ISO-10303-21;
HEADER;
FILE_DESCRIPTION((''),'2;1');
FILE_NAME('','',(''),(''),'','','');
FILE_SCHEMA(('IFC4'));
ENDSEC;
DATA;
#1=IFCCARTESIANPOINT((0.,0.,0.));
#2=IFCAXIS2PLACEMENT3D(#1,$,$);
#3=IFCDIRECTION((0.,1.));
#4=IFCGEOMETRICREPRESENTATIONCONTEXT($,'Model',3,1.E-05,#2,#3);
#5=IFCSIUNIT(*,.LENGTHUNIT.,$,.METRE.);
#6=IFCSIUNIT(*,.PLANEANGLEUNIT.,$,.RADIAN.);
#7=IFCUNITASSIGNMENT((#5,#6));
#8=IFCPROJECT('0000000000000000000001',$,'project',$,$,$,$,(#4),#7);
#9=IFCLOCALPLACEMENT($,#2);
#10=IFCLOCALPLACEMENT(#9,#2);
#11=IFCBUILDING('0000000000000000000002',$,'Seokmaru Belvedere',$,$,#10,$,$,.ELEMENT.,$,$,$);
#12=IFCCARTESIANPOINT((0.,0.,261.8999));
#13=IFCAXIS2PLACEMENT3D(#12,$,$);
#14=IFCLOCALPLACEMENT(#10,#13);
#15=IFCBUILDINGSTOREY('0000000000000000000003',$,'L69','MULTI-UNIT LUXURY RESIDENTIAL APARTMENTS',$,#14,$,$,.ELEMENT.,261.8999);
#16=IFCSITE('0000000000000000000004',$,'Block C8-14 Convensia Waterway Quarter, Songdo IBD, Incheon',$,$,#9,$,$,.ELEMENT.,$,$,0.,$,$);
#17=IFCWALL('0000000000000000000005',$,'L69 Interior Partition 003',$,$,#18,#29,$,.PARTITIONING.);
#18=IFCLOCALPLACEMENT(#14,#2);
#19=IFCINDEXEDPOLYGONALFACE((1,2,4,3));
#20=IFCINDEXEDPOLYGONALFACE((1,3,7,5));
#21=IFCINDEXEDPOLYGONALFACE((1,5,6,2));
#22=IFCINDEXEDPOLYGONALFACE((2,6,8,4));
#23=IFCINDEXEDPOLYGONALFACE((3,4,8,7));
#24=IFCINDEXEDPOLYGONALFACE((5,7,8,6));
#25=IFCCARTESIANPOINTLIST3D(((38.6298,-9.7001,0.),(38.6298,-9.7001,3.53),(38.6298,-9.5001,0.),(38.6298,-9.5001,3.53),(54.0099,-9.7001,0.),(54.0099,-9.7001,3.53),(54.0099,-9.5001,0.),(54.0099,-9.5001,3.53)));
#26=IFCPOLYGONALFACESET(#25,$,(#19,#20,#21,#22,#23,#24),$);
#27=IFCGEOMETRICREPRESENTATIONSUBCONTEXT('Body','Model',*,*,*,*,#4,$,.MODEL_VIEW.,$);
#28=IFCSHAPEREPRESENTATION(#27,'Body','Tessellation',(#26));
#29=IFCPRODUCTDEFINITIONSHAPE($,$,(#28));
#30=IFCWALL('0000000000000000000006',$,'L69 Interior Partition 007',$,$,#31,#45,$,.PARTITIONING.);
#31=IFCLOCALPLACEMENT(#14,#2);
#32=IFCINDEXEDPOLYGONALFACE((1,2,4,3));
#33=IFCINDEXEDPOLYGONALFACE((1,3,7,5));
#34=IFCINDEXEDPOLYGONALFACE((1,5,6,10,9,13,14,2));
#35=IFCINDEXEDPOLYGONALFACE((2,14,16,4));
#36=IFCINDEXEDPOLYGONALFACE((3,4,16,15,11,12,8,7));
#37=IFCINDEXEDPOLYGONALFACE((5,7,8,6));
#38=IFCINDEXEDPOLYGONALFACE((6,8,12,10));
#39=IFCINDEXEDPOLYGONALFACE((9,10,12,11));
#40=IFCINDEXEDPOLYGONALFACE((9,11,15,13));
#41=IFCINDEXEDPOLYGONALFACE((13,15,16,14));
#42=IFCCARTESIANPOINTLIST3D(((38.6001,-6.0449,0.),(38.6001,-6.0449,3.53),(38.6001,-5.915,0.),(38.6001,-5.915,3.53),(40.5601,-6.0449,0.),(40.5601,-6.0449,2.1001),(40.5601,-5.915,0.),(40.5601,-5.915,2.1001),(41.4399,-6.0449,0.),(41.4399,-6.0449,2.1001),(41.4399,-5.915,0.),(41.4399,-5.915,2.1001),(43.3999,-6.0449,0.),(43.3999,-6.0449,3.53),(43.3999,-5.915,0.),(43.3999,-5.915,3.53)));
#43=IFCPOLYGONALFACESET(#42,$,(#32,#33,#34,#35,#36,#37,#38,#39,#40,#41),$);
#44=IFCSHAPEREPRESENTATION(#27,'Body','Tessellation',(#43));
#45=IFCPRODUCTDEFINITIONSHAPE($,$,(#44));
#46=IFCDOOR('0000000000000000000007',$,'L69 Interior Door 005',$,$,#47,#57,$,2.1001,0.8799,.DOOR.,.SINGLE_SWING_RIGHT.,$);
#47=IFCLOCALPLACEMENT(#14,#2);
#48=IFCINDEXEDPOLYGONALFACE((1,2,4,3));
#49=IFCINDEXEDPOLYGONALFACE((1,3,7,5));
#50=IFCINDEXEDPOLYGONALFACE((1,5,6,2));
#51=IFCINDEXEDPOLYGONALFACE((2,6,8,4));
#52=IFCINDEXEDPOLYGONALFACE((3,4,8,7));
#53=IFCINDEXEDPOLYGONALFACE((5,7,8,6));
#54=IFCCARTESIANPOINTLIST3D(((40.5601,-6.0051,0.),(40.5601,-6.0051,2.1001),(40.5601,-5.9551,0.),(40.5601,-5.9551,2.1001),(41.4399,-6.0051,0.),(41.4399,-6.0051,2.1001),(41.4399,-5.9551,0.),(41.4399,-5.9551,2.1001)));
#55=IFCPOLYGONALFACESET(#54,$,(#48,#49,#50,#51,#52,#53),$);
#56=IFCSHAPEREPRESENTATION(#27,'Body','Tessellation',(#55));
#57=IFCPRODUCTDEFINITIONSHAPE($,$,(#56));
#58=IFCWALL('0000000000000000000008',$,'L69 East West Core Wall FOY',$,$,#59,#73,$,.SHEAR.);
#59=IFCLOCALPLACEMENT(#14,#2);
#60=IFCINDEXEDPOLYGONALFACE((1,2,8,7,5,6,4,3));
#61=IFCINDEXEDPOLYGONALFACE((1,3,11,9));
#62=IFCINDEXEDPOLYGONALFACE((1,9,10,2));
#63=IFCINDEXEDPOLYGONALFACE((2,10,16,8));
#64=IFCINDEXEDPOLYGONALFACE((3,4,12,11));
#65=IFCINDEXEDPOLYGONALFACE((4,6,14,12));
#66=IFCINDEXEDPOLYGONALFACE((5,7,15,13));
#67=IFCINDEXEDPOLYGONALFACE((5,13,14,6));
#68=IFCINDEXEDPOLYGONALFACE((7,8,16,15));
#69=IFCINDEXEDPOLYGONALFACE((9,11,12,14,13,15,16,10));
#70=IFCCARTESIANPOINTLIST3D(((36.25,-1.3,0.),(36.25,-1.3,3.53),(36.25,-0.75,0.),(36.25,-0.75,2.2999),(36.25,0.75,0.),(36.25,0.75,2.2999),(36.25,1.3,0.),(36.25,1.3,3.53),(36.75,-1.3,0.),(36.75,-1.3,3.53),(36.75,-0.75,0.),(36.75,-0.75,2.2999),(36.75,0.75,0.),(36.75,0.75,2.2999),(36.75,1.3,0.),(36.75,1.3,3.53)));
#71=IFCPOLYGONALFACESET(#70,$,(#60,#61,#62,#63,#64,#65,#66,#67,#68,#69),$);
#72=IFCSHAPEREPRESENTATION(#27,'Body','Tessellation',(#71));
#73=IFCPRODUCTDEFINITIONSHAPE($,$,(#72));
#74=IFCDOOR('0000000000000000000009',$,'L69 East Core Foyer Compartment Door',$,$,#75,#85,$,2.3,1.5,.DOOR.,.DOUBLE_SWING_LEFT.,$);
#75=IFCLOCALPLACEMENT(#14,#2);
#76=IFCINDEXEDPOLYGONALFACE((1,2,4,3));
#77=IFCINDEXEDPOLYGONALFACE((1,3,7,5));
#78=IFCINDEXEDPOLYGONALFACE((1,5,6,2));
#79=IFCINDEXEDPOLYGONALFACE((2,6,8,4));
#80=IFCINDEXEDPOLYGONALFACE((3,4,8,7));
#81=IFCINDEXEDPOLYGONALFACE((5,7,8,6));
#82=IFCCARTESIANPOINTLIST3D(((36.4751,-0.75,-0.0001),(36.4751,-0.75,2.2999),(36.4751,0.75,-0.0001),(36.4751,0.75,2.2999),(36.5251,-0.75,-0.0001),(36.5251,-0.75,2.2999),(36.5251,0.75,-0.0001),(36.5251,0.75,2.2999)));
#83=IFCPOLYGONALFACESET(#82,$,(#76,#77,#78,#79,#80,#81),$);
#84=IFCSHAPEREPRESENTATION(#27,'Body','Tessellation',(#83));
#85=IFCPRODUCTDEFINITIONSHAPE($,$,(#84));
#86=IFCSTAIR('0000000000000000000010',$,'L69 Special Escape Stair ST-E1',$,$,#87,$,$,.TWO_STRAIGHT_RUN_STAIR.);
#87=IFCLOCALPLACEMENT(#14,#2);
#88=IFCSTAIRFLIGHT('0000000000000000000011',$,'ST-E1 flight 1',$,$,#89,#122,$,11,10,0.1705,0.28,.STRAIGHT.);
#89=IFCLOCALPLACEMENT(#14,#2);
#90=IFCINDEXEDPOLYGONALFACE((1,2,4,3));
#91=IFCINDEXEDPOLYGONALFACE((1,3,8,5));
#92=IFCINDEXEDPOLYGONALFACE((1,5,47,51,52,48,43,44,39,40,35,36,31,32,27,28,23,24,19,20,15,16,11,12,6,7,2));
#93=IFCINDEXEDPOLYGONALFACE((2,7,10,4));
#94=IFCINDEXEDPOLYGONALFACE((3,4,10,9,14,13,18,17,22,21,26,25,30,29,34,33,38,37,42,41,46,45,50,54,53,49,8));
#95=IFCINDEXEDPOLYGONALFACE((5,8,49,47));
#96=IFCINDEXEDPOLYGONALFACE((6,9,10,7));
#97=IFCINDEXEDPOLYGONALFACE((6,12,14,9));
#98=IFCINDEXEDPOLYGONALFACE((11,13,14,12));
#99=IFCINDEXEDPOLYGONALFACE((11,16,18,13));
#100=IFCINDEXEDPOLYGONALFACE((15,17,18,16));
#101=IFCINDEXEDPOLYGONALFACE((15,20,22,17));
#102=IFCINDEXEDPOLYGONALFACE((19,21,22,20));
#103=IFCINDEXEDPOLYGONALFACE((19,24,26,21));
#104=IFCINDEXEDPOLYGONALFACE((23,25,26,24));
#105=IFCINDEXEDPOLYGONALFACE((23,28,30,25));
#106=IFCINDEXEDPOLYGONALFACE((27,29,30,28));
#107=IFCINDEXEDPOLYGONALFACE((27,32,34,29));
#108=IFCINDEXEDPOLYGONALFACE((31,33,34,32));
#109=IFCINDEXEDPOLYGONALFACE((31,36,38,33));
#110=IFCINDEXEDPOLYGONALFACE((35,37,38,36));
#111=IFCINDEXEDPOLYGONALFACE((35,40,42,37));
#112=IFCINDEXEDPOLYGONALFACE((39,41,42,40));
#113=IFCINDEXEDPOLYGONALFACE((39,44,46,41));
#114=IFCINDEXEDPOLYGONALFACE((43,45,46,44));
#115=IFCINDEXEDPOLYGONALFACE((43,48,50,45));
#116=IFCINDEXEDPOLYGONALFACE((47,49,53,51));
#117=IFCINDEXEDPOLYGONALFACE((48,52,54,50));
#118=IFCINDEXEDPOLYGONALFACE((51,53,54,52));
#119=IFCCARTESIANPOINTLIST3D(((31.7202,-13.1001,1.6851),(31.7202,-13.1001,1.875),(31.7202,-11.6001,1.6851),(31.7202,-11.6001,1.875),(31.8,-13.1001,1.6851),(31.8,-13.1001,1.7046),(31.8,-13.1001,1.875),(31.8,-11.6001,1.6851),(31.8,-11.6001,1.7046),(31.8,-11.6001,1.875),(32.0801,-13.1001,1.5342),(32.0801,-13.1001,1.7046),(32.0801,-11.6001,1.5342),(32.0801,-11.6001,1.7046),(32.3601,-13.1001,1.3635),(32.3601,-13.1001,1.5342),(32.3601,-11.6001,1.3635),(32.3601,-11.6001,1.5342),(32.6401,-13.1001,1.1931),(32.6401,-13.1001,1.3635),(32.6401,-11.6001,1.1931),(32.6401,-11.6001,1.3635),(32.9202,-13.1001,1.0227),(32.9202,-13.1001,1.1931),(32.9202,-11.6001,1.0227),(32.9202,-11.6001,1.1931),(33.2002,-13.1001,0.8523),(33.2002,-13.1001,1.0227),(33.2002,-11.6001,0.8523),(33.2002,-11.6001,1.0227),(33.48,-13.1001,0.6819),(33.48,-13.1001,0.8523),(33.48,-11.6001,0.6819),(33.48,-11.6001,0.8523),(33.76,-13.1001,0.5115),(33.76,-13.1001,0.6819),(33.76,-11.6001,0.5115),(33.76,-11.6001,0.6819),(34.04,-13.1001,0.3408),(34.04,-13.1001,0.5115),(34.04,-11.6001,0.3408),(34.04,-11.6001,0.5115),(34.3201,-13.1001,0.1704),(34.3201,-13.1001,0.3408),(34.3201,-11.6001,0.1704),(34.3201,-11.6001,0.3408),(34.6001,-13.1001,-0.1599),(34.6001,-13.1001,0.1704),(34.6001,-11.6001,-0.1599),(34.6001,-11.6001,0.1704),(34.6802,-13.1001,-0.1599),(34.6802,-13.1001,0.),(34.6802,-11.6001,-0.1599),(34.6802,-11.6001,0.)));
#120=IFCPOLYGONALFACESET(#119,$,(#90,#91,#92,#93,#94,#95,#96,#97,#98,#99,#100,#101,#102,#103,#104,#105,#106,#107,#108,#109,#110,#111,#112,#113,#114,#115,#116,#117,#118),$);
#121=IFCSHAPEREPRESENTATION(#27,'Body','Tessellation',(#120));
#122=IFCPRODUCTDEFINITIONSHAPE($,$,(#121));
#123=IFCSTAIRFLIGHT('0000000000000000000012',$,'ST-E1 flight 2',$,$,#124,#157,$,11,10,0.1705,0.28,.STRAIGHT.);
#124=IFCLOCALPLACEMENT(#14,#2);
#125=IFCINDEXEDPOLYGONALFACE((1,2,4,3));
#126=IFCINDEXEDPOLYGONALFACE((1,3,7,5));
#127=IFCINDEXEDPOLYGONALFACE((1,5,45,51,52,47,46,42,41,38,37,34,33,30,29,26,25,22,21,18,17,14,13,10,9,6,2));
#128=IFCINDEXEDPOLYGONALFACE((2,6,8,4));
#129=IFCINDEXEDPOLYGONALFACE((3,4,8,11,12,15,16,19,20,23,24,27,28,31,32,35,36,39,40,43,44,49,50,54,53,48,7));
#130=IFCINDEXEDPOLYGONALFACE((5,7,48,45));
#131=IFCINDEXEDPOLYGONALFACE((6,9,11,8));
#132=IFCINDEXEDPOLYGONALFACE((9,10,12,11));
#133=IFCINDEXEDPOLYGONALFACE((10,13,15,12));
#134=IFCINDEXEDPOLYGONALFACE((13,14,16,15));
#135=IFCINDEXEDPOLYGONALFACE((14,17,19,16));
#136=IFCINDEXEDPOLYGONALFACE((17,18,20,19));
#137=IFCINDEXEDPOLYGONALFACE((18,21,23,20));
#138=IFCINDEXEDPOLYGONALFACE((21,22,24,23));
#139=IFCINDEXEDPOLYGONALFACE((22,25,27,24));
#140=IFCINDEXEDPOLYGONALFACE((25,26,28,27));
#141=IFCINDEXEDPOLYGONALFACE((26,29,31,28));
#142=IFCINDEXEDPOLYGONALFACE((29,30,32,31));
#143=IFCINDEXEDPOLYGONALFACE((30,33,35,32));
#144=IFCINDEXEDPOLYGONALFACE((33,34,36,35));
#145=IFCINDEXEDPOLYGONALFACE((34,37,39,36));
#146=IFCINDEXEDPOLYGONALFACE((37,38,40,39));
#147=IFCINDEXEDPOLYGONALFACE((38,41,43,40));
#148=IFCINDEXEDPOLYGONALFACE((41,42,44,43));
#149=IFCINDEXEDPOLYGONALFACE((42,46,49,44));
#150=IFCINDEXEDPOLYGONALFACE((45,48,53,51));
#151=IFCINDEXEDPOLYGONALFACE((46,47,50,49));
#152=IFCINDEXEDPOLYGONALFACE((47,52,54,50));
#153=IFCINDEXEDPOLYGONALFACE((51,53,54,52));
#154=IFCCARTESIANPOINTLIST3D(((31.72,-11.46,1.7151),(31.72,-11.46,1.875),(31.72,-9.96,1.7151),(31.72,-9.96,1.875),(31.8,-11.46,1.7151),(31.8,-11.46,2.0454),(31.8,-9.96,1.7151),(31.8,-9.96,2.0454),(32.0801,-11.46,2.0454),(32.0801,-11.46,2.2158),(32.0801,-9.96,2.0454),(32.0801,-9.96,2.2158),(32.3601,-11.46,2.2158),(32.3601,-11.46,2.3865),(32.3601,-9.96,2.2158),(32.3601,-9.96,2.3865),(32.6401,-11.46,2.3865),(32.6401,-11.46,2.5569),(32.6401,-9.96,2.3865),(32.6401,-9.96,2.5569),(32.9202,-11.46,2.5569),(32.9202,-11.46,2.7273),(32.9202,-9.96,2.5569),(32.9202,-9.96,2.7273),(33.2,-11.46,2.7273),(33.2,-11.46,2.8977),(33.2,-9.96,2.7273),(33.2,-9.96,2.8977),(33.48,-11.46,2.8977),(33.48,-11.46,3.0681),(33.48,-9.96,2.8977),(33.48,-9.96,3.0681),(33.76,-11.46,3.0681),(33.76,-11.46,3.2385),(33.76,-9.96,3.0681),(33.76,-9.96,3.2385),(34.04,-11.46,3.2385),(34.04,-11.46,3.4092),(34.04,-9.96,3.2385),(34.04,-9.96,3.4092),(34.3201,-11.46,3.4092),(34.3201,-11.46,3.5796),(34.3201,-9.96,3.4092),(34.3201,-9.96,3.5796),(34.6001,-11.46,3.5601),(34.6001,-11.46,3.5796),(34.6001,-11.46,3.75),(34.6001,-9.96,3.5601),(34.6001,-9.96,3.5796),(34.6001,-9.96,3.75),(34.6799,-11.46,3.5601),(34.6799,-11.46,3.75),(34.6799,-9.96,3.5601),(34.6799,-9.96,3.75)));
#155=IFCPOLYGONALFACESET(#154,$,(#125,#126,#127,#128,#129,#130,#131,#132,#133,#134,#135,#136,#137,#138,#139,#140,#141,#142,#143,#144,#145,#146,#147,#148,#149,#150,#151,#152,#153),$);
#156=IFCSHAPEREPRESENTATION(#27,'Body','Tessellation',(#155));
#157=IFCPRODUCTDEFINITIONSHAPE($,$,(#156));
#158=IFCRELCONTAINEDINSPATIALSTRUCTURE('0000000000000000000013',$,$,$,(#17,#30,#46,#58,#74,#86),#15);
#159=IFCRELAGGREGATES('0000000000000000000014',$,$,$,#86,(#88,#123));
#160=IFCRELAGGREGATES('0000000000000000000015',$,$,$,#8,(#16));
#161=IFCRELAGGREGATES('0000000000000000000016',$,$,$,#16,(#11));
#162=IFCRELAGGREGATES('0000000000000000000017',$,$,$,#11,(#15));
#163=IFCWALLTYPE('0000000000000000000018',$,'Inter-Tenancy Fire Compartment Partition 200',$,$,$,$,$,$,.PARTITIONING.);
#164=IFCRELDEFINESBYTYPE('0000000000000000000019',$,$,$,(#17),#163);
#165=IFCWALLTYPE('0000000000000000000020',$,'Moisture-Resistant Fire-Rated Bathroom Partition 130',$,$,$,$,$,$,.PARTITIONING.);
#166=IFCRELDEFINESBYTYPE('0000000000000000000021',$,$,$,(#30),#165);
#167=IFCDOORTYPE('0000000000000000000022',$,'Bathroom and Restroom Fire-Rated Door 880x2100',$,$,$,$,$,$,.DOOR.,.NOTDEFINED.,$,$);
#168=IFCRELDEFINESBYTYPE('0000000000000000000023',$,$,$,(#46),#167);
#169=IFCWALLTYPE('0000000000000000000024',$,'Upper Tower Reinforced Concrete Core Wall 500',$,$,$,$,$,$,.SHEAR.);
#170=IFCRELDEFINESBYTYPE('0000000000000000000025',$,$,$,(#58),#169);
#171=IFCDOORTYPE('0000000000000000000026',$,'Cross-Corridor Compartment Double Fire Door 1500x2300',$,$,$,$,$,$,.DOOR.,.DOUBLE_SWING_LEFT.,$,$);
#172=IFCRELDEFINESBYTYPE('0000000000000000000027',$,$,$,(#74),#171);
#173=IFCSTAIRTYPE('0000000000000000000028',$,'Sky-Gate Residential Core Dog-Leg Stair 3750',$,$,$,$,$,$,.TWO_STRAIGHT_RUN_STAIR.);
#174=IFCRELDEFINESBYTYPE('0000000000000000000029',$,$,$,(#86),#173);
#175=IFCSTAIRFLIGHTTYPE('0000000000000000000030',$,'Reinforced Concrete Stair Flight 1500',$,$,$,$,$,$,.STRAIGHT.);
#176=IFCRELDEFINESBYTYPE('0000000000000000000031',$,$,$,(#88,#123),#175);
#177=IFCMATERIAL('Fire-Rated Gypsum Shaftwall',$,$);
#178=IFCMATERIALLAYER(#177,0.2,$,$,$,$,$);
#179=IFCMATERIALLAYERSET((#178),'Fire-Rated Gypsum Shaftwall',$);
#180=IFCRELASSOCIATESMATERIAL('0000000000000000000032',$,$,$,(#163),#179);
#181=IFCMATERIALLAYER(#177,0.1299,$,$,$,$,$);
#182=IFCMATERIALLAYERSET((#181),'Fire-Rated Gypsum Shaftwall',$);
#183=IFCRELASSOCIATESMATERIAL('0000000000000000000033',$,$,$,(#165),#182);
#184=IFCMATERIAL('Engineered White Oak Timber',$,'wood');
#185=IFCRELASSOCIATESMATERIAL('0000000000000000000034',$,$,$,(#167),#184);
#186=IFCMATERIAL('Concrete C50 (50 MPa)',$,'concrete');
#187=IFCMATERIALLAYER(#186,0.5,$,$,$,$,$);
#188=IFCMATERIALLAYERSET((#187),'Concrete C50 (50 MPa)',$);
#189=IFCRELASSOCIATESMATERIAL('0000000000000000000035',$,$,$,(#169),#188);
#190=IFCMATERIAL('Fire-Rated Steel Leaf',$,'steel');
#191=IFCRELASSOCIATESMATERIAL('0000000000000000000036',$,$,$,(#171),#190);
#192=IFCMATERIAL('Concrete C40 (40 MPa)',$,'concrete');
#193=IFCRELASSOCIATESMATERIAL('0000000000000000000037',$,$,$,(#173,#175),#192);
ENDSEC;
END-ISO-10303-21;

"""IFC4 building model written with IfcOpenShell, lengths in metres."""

from ifc_helpers import new_model, si_unit, direction, frame, frame_2d, origin, place, context, subcontext, project, spatial, polyline, rectangle, outline, extrude, source, transform, mapped, material, layer, layer_set, type_object, type_shapes, element, fill, aggregate, save


model = new_model("IFC4")

# Units and contexts
model_context = context("Model", 3, precision=1e-05, world=origin(), true_north=direction((0.0, 1.0)))
body_context = subcontext(model_context, "Body", "Model", "MODEL_VIEW")
ifc_project = project(units=[si_unit("LENGTHUNIT", "METRE"), si_unit("PLANEANGLEUNIT", "RADIAN")], contexts=[model_context])

# Site, building, storey
site_placement = place(None, origin())
site = spatial("IfcSite", under=ifc_project, at=site_placement, Name="Block C8-14 Convensia Waterway Quarter, Songdo IBD, Incheon", CompositionType="ELEMENT", RefElevation=0.0)
building_placement = place(site_placement, origin())
building = spatial("IfcBuilding", under=site, at=building_placement, Name="Seokmaru Belvedere", CompositionType="ELEMENT")
storey_placement = place(building_placement, frame((0.0, 0.0, 261.8999)))
storey = spatial("IfcBuildingStorey", under=building, at=storey_placement, Name="L69", Description="MULTI-UNIT LUXURY RESIDENTIAL APARTMENTS", CompositionType="ELEMENT", Elevation=261.8999)

# Wall
ifc_material_1 = material(Name="Fire-Rated Gypsum Shaftwall")
ifc_layer_1 = layer(ifc_material_1, 0.2)
ifc_layer_set_1 = layer_set([ifc_layer_1], Name="Fire-Rated Gypsum Shaftwall")
wall_type_1 = type_object("IfcWallType", Name="Inter-Tenancy Fire Compartment Partition 200", PredefinedType="PARTITIONING", material=ifc_layer_set_1)
wall_1_placement = place(storey_placement, frame((38.6299, -9.6001, 0.0), z_axis=(0.0, 0.0, 1.0), x_axis=(1.0, 0.0, 0.0)))
element("IfcWall", 1, at=wall_1_placement, inside=storey, type_object=wall_type_1, Name="L69 Interior Partition 003", PredefinedType="PARTITIONING", context=body_context, shape_type="SweptSolid", body=[
    extrude(rectangle(XDim=15.3801, YDim=0.2, at=frame_2d((7.6899, 0.0))), origin(), (0.0, 0.0, 1.0), 3.53),
])

# Walls, openings, doors
ifc_layer_2 = layer(ifc_material_1, 0.1299)
ifc_layer_set_2 = layer_set([ifc_layer_2], Name="Fire-Rated Gypsum Shaftwall")
wall_type_2 = type_object("IfcWallType", Name="Moisture-Resistant Fire-Rated Bathroom Partition 130", PredefinedType="PARTITIONING", material=ifc_layer_set_2)
wall_2_placement = place(storey_placement, frame((38.6001, -5.98, 0.0), z_axis=(0.0, 0.0, 1.0), x_axis=(1.0, 0.0, 0.0)))
wall_2 = element("IfcWall", 2, at=wall_2_placement, inside=storey, type_object=wall_type_2, Name="L69 Interior Partition 007", PredefinedType="PARTITIONING", context=body_context, shape_type="SweptSolid", body=[
    extrude(rectangle(XDim=4.7998, YDim=0.1299, at=frame_2d((2.3999, 0.0))), origin(), (0.0, 0.0, 1.0), 3.53),
])
opening_1_placement = place(wall_2_placement, frame((1.96, 0.0, 0.0)))
opening_1 = element("IfcOpeningElement", 3, at=opening_1_placement, cuts=wall_2, PredefinedType="OPENING", context=body_context, shape_type="SweptSolid", body=[
    extrude(rectangle(XDim=0.8799, YDim=2.1001, at=frame_2d((0.4399, 1.05))), frame((0.0, 0.075, 0.0), z_axis=(0.0, -1.0, 0.0), x_axis=(1.0, 0.0, 0.0)), (0.0, 0.0, 1.0), 0.1499),
])
ifc_material_2 = material(Name="Engineered White Oak Timber", Category="wood")
door_type_1 = type_object("IfcDoorType", Name="Bathroom and Restroom Fire-Rated Door 880x2100", OperationType="NOTDEFINED", PredefinedType="DOOR", material=ifc_material_2)
shared_shape_1 = source(origin(), body_context, "Body", "SweptSolid", [
    extrude(rectangle(XDim=0.8799, YDim=2.1001, at=frame_2d((0.4399, 1.05))), frame((0.0, 0.0249, 0.0), z_axis=(0.0, -1.0, 0.0), x_axis=(1.0, 0.0, 0.0)), (0.0, 0.0, 1.0), 0.05),
])
type_shapes(door_type_1, [shared_shape_1])
door_1_placement = place(opening_1_placement, origin())
door_1 = element("IfcDoor", 4, at=door_1_placement, inside=storey, type_object=door_type_1, Name="L69 Interior Door 005", OperationType="SINGLE_SWING_RIGHT", OverallHeight=2.1001, OverallWidth=0.8799, PredefinedType="DOOR", context=body_context, shape_type="MappedRepresentation", body=[
    mapped(shared_shape_1, transform((0.0, 0.0, 0.0), scale=1.0)),
])
fill(opening_1, door_1)
ifc_material_3 = material(Name="Concrete C50 (50 MPa)", Category="concrete")
ifc_layer_3 = layer(ifc_material_3, 0.5)
ifc_layer_set_3 = layer_set([ifc_layer_3], Name="Concrete C50 (50 MPa)")
wall_type_3 = type_object("IfcWallType", Name="Upper Tower Reinforced Concrete Core Wall 500", PredefinedType="SHEAR", material=ifc_layer_set_3)
wall_3_placement = place(storey_placement, frame((36.5, -1.3, 0.0), z_axis=(0.0, 0.0, 1.0), x_axis=(0.0, 1.0, 0.0)))
wall_3 = element("IfcWall", 5, at=wall_3_placement, inside=storey, type_object=wall_type_3, Name="L69 East West Core Wall FOY", PredefinedType="SHEAR", context=body_context, shape_type="SweptSolid", body=[
    extrude(rectangle(XDim=2.6001, YDim=0.5, at=frame_2d((1.3, 0.0))), origin(), (0.0, 0.0, 1.0), 3.53),
])
opening_2_placement = place(wall_3_placement, frame((0.55, 0.0, 0.0)))
opening_2 = element("IfcOpeningElement", 6, at=opening_2_placement, cuts=wall_3, PredefinedType="OPENING", context=body_context, shape_type="SweptSolid", body=[
    extrude(rectangle(XDim=1.5, YDim=2.3, at=frame_2d((0.75, 1.1499))), frame((0.0, 0.26, 0.0), z_axis=(0.0, -1.0, 0.0), x_axis=(1.0, 0.0, 0.0)), (0.0, 0.0, 1.0), 0.52),
])
ifc_material_4 = material(Name="Fire-Rated Steel Leaf", Category="steel")
door_type_2 = type_object("IfcDoorType", Name="Cross-Corridor Compartment Double Fire Door 1500x2300", OperationType="DOUBLE_SWING_LEFT", PredefinedType="DOOR", material=ifc_material_4)
shared_shape_2 = source(origin(), body_context, "Body", "SweptSolid", [
    extrude(rectangle(XDim=1.5, YDim=2.3, at=frame_2d((0.75, 1.1499))), frame((0.0, 0.0249, 0.0), z_axis=(0.0, -1.0, 0.0), x_axis=(1.0, 0.0, 0.0)), (0.0, 0.0, 1.0), 0.05),
])
type_shapes(door_type_2, [shared_shape_2])
door_2_placement = place(opening_2_placement, origin())
door_2 = element("IfcDoor", 7, at=door_2_placement, inside=storey, type_object=door_type_2, Name="L69 East Core Foyer Compartment Door", OperationType="DOUBLE_SWING_LEFT", OverallHeight=2.3, OverallWidth=1.5, PredefinedType="DOOR", context=body_context, shape_type="MappedRepresentation", body=[
    mapped(shared_shape_2, transform((0.0, 0.0, 0.0), scale=1.0)),
])
fill(opening_2, door_2)

# Stair, stair flights
ifc_material_5 = material(Name="Concrete C40 (40 MPa)", Category="concrete")
stair_type = type_object("IfcStairType", Name="Sky-Gate Residential Core Dog-Leg Stair 3750", PredefinedType="TWO_STRAIGHT_RUN_STAIR", material=ifc_material_5)
stair_placement = place(storey_placement, origin())
stair = element("IfcStair", 8, at=stair_placement, inside=storey, type_object=stair_type, Name="L69 Special Escape Stair ST-E1", PredefinedType="TWO_STRAIGHT_RUN_STAIR")
stair_flight_type = type_object("IfcStairFlightType", Name="Reinforced Concrete Stair Flight 1500", PredefinedType="STRAIGHT", material=ifc_material_5)
stair_flight_1_placement = place(storey_placement, frame((34.6001, -12.3501, 0.0), z_axis=(0.0, 0.0, 1.0), x_axis=(-1.0, 0.0, 0.0)))
stair_flight_1 = element("IfcStairFlight", 9, at=stair_flight_1_placement, type_object=stair_flight_type, Name="ST-E1 flight 1", NumberOfRisers=11, NumberOfTreads=10, PredefinedType="STRAIGHT", RiserHeight=0.1705, TreadLength=0.28, context=body_context, shape_type="SweptSolid", body=[
    extrude(outline(polyline([(-0.0801, 0.0), (0.0, 0.1704), (0.28, 0.1704), (0.28, 0.3408), (0.5601, 0.3408), (0.5601, 0.5115), (0.8401, 0.5115), (0.8401, 0.6819), (1.1201, 0.6819), (1.1201, 0.8523), (1.3999, 0.8523), (1.3999, 1.0227), (1.6799, 1.0227), (1.6799, 1.1931), (1.96, 1.1931), (1.96, 1.3635), (2.24, 1.3635), (2.24, 1.5342), (2.52, 1.5342), (2.52, 1.7046), (2.8, 1.7046), (2.8, 1.875), (2.8799, 1.875), (2.8799, 1.6851), (2.8, 1.6851), (0.0, -0.1599), (-0.0801, -0.1599), (-0.0801, 0.0)])), frame((0.0, 0.75, 0.0), z_axis=(0.0, -1.0, 0.0), x_axis=(1.0, 0.0, 0.0)), (0.0, 0.0, 1.0), 1.5),
])
stair_flight_2_placement = place(storey_placement, frame((31.8, -10.71, 1.875), z_axis=(0.0, 0.0, 1.0), x_axis=(1.0, 0.0, 0.0)))
stair_flight_2 = element("IfcStairFlight", 10, at=stair_flight_2_placement, type_object=stair_flight_type, Name="ST-E1 flight 2", NumberOfRisers=11, NumberOfTreads=10, PredefinedType="STRAIGHT", RiserHeight=0.1705, TreadLength=0.28, context=body_context, shape_type="SweptSolid", body=[
    extrude(outline(polyline([(-0.0801, 0.0), (0.0, 0.1704), (0.28, 0.1704), (0.28, 0.3408), (0.5601, 0.3408), (0.5601, 0.5115), (0.8401, 0.5115), (0.8401, 0.6819), (1.1201, 0.6819), (1.1201, 0.8523), (1.3999, 0.8523), (1.3999, 1.0227), (1.6799, 1.0227), (1.6799, 1.1931), (1.96, 1.1931), (1.96, 1.3635), (2.24, 1.3635), (2.24, 1.5342), (2.52, 1.5342), (2.52, 1.7046), (2.8, 1.7046), (2.8, 1.875), (2.8799, 1.875), (2.8799, 1.6851), (2.8, 1.6851), (0.0, -0.1599), (-0.0801, -0.1599), (-0.0801, 0.0)])), frame((0.0, 0.75, 0.0), z_axis=(0.0, -1.0, 0.0), x_axis=(1.0, 0.0, 0.0)), (0.0, 0.0, 1.0), 1.5),
])
aggregate(stair, [stair_flight_1, stair_flight_2])

save(model, "model.ifc")
